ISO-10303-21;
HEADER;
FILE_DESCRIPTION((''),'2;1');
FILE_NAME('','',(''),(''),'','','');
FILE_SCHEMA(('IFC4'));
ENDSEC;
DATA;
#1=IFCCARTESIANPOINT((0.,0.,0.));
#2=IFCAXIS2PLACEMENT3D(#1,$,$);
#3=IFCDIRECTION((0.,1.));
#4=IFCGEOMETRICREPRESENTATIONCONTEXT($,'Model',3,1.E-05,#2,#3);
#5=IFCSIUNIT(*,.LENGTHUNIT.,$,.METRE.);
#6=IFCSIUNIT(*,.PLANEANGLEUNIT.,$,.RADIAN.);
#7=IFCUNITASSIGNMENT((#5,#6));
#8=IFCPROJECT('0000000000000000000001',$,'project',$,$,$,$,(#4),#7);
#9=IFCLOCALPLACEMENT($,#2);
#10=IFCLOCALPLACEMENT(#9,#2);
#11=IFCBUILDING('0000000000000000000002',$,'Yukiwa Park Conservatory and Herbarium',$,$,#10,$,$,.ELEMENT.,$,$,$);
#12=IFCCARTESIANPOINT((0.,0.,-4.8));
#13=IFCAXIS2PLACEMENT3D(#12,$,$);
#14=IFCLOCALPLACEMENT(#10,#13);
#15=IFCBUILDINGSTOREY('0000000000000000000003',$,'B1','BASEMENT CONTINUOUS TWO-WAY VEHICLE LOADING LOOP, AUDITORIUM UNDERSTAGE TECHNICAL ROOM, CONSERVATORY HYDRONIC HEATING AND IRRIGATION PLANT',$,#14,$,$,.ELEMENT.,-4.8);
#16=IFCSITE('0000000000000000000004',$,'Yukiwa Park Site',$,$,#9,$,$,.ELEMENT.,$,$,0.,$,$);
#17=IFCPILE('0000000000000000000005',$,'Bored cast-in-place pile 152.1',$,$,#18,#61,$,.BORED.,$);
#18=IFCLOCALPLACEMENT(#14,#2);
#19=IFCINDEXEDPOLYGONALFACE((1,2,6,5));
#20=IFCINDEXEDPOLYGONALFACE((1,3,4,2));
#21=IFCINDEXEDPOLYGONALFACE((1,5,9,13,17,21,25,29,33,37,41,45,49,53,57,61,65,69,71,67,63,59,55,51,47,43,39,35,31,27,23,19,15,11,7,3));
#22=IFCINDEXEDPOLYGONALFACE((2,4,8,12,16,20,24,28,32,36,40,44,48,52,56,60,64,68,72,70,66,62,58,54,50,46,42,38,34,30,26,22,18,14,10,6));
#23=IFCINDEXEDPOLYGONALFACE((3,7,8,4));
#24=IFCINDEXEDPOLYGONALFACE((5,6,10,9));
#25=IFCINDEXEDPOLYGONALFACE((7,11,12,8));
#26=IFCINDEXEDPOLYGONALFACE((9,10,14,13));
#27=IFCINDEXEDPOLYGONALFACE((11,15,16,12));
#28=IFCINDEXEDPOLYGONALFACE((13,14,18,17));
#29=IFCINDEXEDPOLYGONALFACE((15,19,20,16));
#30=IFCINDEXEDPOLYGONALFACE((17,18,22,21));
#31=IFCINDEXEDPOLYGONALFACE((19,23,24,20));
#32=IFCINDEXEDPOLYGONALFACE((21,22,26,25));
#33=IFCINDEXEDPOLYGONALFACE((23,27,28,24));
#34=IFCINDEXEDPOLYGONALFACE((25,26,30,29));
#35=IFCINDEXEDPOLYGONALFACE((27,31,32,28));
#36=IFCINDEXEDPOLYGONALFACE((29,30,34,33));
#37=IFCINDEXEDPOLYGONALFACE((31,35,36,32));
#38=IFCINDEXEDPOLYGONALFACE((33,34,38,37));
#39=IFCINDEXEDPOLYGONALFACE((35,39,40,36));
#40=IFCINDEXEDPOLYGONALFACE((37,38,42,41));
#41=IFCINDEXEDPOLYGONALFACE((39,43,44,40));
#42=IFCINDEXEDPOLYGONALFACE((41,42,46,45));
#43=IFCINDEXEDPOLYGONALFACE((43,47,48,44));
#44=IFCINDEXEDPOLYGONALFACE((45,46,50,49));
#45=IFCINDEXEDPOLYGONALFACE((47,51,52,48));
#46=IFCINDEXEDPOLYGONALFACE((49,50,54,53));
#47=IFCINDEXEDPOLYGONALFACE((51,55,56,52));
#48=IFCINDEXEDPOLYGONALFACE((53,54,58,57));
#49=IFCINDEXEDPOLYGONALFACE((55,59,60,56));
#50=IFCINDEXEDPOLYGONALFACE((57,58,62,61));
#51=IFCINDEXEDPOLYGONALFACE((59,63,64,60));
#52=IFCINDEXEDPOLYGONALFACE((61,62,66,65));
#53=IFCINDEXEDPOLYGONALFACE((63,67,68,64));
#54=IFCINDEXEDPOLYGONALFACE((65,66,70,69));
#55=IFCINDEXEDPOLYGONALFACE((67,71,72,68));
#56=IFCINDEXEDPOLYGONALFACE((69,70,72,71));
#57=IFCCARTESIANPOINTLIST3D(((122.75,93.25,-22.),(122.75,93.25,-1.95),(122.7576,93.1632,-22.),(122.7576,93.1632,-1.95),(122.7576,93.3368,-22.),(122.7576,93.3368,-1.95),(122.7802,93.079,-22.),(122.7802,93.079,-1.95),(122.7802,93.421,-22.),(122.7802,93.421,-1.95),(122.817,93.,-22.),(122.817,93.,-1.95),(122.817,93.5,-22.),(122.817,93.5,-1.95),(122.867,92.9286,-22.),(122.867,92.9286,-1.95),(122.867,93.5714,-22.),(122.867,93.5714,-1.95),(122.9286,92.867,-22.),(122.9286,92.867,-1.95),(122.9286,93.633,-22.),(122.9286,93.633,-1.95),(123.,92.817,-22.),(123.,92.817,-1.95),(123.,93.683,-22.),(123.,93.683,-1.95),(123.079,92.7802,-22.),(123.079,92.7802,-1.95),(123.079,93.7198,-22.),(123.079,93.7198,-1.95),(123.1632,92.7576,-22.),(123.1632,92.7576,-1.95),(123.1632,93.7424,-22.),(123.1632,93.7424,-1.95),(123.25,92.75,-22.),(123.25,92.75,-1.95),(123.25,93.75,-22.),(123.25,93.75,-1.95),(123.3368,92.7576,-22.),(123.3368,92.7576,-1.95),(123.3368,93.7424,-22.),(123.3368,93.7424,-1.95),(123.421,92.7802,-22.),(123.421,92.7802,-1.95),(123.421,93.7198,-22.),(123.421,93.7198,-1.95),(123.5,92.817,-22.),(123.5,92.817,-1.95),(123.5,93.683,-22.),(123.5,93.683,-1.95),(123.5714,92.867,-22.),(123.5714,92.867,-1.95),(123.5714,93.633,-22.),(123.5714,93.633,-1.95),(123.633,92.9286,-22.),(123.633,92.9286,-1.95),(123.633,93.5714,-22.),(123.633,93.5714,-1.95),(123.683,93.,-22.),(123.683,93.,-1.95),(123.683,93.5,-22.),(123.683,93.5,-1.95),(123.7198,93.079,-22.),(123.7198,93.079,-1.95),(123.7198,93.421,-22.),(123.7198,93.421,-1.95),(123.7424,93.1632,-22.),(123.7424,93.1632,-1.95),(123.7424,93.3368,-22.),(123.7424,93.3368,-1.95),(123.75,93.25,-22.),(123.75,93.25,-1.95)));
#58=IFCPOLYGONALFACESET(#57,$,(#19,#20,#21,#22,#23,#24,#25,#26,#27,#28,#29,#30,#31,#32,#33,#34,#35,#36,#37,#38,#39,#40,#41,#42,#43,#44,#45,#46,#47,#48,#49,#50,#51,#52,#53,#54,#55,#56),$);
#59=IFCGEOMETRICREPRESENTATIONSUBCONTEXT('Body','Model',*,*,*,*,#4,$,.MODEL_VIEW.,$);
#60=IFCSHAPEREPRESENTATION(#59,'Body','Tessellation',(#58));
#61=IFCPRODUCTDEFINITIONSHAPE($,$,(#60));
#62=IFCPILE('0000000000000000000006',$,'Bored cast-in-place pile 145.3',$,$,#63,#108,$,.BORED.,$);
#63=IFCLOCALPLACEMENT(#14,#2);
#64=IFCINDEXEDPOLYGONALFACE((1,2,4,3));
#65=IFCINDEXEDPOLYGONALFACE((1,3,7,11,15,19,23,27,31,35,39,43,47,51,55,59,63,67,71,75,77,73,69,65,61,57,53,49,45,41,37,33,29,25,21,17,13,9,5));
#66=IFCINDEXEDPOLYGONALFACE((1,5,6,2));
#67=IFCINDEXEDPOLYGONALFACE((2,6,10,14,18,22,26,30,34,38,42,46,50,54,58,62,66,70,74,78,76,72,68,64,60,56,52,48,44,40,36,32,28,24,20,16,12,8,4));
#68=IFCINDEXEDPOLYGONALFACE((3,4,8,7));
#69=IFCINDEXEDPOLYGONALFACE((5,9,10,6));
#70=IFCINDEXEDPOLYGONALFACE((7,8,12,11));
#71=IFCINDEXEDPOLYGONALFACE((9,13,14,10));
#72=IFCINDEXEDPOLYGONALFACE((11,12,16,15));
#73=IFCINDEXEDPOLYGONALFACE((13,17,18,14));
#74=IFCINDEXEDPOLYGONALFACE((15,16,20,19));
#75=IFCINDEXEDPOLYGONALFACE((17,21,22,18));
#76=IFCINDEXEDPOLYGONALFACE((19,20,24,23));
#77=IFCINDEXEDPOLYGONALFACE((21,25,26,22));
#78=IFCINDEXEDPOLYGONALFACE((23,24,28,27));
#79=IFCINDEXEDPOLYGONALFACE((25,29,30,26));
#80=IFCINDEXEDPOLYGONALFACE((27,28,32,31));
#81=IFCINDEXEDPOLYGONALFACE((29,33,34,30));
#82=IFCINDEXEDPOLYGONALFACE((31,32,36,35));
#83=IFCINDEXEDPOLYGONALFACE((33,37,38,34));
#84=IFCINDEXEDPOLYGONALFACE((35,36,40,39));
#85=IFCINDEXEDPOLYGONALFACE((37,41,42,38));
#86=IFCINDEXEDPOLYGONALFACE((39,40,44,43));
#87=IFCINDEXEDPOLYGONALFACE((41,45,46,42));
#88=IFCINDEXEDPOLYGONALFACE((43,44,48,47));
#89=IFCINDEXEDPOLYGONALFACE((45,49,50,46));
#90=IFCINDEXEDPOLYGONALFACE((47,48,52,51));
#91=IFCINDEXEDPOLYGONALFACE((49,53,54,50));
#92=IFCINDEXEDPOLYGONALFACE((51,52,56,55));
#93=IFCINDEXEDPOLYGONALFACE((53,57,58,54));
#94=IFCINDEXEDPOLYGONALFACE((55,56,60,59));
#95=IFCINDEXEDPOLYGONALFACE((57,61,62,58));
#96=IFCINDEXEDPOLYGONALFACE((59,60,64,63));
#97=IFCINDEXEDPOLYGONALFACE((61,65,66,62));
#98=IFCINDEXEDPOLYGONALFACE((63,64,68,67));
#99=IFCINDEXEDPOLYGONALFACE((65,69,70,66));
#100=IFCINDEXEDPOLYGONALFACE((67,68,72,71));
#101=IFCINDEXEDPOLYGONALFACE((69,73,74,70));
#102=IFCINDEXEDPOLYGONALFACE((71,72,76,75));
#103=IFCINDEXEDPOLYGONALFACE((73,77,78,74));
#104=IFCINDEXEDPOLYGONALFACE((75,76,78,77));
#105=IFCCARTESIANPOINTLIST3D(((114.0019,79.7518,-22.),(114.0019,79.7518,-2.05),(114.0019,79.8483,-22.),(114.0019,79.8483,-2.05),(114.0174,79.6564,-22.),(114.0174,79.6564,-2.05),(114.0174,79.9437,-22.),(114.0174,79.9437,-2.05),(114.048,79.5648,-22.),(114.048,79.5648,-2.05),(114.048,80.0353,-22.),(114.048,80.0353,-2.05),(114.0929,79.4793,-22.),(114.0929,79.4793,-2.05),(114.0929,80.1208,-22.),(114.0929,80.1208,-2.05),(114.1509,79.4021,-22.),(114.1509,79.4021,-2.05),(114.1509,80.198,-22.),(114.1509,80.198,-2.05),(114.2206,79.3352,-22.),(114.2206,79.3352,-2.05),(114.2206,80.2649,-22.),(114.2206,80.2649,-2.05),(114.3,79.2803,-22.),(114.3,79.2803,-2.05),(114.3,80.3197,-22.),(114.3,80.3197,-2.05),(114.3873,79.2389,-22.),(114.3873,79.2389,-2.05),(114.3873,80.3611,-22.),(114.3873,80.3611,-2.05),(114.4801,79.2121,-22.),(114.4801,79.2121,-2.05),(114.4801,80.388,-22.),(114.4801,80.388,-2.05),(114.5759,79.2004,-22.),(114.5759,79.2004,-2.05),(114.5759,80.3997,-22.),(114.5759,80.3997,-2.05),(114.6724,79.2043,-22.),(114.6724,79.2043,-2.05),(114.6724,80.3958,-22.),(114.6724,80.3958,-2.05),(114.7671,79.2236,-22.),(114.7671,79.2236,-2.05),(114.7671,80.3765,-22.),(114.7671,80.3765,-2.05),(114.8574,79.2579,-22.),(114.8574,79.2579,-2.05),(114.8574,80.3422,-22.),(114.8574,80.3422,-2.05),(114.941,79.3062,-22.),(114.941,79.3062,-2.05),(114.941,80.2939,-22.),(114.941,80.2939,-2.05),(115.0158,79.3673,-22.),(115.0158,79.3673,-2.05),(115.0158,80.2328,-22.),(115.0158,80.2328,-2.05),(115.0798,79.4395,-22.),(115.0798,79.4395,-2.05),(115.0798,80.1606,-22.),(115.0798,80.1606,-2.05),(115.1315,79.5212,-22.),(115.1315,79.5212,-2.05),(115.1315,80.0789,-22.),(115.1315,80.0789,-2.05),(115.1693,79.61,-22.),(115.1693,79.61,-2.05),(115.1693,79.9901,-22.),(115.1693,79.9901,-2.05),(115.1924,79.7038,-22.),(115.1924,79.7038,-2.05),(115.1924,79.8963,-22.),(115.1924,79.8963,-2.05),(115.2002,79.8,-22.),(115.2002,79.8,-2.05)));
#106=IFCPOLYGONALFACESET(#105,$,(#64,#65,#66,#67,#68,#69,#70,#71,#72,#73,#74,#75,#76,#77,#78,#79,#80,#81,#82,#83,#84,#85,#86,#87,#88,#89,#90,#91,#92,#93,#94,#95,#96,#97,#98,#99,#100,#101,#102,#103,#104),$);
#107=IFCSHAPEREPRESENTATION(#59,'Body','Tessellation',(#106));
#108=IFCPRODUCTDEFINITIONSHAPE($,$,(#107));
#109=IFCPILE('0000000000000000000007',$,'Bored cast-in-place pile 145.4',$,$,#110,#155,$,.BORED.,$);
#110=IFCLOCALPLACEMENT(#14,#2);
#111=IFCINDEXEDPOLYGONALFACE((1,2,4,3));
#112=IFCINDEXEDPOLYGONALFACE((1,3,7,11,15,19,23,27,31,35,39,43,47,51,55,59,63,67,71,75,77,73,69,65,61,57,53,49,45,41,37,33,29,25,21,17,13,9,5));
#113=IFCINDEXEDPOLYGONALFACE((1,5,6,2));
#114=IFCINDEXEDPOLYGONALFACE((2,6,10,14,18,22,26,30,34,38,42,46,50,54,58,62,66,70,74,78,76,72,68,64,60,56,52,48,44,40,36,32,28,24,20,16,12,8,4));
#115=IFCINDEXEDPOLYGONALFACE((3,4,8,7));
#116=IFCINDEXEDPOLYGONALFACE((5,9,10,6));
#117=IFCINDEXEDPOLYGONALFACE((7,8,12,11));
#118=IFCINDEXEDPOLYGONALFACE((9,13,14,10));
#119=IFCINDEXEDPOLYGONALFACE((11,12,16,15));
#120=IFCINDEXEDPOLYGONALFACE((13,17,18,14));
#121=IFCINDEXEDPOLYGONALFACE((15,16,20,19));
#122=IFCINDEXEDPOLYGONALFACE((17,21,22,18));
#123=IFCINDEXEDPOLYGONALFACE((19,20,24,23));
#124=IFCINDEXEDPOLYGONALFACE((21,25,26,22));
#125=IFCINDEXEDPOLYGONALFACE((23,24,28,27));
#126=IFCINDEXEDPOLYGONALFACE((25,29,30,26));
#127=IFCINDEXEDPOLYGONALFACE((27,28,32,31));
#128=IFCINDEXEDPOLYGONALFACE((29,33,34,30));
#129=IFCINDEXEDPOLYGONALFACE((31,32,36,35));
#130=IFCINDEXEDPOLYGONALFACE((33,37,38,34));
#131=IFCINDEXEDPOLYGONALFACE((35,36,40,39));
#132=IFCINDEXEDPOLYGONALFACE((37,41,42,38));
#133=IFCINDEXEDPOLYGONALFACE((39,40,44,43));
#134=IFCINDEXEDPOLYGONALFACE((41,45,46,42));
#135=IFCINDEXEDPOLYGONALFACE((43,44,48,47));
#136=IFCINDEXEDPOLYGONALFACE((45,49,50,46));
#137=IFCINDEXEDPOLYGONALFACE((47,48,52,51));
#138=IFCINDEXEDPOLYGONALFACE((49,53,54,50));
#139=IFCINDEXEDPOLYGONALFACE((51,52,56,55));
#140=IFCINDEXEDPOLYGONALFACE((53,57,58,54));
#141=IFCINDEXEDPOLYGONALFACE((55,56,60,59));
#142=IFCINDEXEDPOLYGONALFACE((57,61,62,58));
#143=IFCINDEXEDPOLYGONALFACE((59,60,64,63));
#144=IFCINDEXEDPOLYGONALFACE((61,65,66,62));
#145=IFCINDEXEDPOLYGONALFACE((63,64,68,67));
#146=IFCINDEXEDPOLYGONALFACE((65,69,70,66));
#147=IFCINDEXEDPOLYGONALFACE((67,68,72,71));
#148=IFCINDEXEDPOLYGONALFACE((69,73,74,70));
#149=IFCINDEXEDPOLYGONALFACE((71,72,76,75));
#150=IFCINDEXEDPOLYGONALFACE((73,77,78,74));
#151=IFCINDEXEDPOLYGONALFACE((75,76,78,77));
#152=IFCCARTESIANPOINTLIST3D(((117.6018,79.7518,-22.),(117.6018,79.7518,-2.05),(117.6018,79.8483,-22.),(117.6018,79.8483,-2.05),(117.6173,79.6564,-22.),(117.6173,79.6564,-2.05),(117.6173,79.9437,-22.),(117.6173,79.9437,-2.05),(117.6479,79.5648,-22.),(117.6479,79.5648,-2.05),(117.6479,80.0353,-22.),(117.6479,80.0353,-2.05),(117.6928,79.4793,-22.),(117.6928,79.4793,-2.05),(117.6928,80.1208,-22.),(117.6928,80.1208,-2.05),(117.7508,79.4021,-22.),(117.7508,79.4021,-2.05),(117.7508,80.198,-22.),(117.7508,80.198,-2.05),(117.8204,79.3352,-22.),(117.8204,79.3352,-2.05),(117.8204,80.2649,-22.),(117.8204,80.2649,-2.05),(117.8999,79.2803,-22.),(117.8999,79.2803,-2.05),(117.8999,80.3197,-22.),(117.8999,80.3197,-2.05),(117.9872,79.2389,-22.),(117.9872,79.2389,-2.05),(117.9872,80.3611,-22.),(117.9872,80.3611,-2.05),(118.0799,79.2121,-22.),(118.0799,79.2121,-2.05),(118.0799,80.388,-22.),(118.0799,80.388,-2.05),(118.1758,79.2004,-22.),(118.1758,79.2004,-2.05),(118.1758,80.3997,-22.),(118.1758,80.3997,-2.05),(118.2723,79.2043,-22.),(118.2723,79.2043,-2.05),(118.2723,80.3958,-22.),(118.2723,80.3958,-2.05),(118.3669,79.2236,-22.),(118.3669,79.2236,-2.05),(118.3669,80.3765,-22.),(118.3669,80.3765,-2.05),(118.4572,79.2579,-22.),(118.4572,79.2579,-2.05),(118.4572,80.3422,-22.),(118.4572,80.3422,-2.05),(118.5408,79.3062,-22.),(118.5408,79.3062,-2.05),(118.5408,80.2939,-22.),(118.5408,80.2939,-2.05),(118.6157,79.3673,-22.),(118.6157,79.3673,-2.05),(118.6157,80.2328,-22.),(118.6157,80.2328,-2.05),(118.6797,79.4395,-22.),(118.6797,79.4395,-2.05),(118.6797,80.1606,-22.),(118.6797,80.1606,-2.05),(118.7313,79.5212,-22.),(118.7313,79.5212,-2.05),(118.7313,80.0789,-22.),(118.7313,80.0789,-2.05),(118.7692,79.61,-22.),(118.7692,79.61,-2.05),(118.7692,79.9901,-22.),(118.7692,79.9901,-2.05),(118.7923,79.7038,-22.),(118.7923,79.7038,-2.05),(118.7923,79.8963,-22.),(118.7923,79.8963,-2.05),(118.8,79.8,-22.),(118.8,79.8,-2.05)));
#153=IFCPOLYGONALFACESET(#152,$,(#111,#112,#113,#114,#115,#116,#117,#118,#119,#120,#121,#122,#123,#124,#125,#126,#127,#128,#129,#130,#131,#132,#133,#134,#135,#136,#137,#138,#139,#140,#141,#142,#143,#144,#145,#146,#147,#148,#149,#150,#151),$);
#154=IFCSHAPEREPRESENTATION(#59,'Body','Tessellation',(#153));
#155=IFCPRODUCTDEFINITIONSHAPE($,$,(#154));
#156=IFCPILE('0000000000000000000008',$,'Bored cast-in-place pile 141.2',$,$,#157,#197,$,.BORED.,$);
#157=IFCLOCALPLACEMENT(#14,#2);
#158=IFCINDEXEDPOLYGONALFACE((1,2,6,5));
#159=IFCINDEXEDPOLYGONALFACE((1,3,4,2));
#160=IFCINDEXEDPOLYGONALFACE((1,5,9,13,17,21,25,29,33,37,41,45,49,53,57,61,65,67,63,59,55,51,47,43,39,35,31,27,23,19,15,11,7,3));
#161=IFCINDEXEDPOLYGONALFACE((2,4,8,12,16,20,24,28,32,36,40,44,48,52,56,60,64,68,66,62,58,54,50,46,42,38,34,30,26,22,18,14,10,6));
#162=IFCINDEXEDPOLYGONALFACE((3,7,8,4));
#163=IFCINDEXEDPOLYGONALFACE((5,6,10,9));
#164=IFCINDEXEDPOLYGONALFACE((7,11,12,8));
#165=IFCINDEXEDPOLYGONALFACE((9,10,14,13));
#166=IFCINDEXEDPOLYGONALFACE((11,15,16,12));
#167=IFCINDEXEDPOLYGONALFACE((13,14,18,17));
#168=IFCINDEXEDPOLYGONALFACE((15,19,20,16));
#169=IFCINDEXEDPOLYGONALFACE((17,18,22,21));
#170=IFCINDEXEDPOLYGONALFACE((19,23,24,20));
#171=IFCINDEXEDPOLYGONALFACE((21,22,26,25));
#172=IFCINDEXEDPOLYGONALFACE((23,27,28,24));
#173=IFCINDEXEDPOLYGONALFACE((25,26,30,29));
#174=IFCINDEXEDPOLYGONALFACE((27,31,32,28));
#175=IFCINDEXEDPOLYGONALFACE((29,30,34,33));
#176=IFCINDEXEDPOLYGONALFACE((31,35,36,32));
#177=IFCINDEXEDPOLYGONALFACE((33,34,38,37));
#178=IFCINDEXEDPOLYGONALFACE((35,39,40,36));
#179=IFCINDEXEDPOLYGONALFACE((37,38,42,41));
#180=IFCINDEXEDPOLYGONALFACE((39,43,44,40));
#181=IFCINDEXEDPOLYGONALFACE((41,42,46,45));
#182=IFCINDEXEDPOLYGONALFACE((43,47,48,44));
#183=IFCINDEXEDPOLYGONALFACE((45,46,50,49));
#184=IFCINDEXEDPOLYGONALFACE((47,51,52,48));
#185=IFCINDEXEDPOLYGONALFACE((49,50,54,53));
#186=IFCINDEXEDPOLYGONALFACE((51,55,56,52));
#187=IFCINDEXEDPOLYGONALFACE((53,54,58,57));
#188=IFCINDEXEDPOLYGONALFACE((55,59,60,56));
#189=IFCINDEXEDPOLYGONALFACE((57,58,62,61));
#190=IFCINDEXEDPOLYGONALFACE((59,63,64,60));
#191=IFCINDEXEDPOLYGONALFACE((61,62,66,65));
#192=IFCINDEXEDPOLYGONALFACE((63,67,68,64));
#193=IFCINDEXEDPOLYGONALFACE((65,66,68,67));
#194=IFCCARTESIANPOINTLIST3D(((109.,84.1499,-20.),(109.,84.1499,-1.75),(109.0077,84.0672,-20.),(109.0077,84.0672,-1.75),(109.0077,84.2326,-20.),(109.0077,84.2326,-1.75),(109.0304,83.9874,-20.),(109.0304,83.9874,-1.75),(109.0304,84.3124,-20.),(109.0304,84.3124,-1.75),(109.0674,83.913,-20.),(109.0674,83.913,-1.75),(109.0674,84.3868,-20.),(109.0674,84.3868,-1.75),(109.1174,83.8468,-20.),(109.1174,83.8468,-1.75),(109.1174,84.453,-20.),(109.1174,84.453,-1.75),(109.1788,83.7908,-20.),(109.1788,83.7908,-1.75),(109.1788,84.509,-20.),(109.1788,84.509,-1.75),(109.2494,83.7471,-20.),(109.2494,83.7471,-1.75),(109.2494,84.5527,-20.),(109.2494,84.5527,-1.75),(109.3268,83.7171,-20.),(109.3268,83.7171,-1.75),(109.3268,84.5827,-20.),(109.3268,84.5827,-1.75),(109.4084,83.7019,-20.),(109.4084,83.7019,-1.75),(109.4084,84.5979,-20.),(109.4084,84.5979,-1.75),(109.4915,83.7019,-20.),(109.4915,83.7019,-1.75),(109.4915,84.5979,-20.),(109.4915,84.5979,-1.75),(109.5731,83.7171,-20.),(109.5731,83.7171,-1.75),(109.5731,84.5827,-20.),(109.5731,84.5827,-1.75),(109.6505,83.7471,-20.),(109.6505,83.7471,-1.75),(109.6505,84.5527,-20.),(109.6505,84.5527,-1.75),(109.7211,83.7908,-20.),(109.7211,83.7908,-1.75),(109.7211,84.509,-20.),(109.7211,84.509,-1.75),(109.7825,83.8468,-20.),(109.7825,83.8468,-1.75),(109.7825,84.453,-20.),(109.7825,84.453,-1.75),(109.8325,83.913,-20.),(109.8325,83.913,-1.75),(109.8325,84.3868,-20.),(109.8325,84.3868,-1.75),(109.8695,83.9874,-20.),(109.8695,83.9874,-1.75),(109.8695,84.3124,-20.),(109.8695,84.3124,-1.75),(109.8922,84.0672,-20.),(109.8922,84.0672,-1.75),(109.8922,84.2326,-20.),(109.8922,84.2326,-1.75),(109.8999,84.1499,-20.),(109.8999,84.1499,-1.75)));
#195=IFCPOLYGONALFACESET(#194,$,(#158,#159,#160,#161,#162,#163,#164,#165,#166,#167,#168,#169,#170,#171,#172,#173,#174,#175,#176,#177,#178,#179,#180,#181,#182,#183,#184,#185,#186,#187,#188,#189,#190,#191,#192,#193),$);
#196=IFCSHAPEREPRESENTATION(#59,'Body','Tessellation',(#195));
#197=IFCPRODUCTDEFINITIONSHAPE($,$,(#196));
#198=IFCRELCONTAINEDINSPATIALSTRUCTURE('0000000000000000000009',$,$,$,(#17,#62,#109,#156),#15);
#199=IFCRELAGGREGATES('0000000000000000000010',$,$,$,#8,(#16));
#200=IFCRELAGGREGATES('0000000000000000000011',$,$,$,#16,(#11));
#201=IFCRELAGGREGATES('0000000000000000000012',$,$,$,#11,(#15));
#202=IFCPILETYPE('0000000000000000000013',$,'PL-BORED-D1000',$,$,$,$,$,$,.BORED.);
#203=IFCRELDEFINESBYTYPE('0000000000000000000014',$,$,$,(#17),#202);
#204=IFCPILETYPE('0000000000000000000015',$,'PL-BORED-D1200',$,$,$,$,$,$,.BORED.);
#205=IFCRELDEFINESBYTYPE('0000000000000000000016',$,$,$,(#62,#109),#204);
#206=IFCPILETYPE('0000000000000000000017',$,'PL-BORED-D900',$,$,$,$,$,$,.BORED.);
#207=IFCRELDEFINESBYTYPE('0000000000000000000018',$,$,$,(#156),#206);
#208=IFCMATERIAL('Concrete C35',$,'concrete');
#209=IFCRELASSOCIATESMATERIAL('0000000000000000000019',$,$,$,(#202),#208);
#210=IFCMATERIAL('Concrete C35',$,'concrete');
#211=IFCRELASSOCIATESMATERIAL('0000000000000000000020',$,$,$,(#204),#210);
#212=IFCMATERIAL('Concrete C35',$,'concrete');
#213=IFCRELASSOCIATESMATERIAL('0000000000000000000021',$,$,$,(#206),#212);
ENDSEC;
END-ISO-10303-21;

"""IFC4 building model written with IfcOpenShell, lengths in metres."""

from ifc_helpers import new_model, si_unit, direction, frame, origin, origin_2d, place, context, subcontext, project, spatial, circle, extrude, material, material_profile, profile_set, type_object, element, save


model = new_model("IFC4")

# Units and contexts
model_context = context("Model", 3, precision=1e-05, world=origin(), true_north=direction((0.0, 1.0)))
body_context = subcontext(model_context, "Body", "Model", "MODEL_VIEW")
ifc_project = project(units=[si_unit("LENGTHUNIT", "METRE"), si_unit("PLANEANGLEUNIT", "RADIAN")], contexts=[model_context])

# Site, building, storey
site_placement = place(None, origin())
site = spatial("IfcSite", under=ifc_project, at=site_placement, Name="Yukiwa Park Site", CompositionType="ELEMENT", RefElevation=0.0)
building_placement = place(site_placement, origin())
building = spatial("IfcBuilding", under=site, at=building_placement, Name="Yukiwa Park Conservatory and Herbarium", CompositionType="ELEMENT")
storey_placement = place(building_placement, frame((0.0, 0.0, -4.8)))
storey = spatial("IfcBuildingStorey", under=building, at=storey_placement, Name="B1", Description="BASEMENT CONTINUOUS TWO-WAY VEHICLE LOADING LOOP, AUDITORIUM UNDERSTAGE TECHNICAL ROOM, CONSERVATORY HYDRONIC HEATING AND IRRIGATION PLANT", CompositionType="ELEMENT", Elevation=-4.8)

# Piles
ifc_material_1 = material(Name="Concrete C35", Category="concrete")
ifc_material_profile_1 = material_profile(ifc_material_1, circle(Radius=0.5, at=origin_2d()), Name="PILE D1000")
ifc_profile_set_1 = profile_set([ifc_material_profile_1], Name="Concrete C35")
pile_type_1 = type_object("IfcPileType", Name="PL-BORED-D1000", PredefinedType="BORED", material=ifc_profile_set_1)
for number, where, z_axis, x_axis, name in (
    (1, (123.25, 93.25, -1.95), (0.0, 0.0, -1.0), (1.0, 0.0, 0.0), "Bored cast-in-place pile 152.1"),
):
    element("IfcPile", number, at=place(storey_placement, frame(where, z_axis=z_axis, x_axis=x_axis)), inside=storey, type_object=pile_type_1, Name=name, PredefinedType="BORED", context=body_context, shape_type="SweptSolid", body=[
        extrude(circle(Radius=0.5, at=origin_2d()), origin(), (0.0, 0.0, 1.0), 20.05),
    ])
ifc_material_2 = material(Name="Concrete C35", Category="concrete")
ifc_material_profile_2 = material_profile(ifc_material_2, circle(Radius=0.6001, at=origin_2d()), Name="PILE D1200")
ifc_profile_set_2 = profile_set([ifc_material_profile_2], Name="Concrete C35")
pile_type_2 = type_object("IfcPileType", Name="PL-BORED-D1200", PredefinedType="BORED", material=ifc_profile_set_2)
for number, where, z_axis, x_axis, name in (
    (2, (114.6001, 79.8, -2.05), (0.0, 0.0, -1.0), (1.0, 0.0, 0.0), "Bored cast-in-place pile 145.3"),
    (3, (118.2, 79.8, -2.05), (0.0, 0.0, -1.0), (1.0, 0.0, 0.0), "Bored cast-in-place pile 145.4"),
):
    element("IfcPile", number, at=place(storey_placement, frame(where, z_axis=z_axis, x_axis=x_axis)), inside=storey, type_object=pile_type_2, Name=name, PredefinedType="BORED", context=body_context, shape_type="SweptSolid", body=[
        extrude(circle(Radius=0.6001, at=origin_2d()), origin(), (0.0, 0.0, 1.0), 19.95),
    ])
ifc_material_3 = material(Name="Concrete C35", Category="concrete")
ifc_material_profile_3 = material_profile(ifc_material_3, circle(Radius=0.45, at=origin_2d()), Name="PILE D900")
ifc_profile_set_3 = profile_set([ifc_material_profile_3], Name="Concrete C35")
pile_type_3 = type_object("IfcPileType", Name="PL-BORED-D900", PredefinedType="BORED", material=ifc_profile_set_3)
for number, where, z_axis, x_axis, name in (
    (4, (109.45, 84.1499, -1.75), (0.0, 0.0, -1.0), (1.0, 0.0, 0.0), "Bored cast-in-place pile 141.2"),
):
    element("IfcPile", number, at=place(storey_placement, frame(where, z_axis=z_axis, x_axis=x_axis)), inside=storey, type_object=pile_type_3, Name=name, PredefinedType="BORED", context=body_context, shape_type="SweptSolid", body=[
        extrude(circle(Radius=0.45, at=origin_2d()), origin(), (0.0, 0.0, 1.0), 18.25),
    ])

save(model, "model.ifc")
